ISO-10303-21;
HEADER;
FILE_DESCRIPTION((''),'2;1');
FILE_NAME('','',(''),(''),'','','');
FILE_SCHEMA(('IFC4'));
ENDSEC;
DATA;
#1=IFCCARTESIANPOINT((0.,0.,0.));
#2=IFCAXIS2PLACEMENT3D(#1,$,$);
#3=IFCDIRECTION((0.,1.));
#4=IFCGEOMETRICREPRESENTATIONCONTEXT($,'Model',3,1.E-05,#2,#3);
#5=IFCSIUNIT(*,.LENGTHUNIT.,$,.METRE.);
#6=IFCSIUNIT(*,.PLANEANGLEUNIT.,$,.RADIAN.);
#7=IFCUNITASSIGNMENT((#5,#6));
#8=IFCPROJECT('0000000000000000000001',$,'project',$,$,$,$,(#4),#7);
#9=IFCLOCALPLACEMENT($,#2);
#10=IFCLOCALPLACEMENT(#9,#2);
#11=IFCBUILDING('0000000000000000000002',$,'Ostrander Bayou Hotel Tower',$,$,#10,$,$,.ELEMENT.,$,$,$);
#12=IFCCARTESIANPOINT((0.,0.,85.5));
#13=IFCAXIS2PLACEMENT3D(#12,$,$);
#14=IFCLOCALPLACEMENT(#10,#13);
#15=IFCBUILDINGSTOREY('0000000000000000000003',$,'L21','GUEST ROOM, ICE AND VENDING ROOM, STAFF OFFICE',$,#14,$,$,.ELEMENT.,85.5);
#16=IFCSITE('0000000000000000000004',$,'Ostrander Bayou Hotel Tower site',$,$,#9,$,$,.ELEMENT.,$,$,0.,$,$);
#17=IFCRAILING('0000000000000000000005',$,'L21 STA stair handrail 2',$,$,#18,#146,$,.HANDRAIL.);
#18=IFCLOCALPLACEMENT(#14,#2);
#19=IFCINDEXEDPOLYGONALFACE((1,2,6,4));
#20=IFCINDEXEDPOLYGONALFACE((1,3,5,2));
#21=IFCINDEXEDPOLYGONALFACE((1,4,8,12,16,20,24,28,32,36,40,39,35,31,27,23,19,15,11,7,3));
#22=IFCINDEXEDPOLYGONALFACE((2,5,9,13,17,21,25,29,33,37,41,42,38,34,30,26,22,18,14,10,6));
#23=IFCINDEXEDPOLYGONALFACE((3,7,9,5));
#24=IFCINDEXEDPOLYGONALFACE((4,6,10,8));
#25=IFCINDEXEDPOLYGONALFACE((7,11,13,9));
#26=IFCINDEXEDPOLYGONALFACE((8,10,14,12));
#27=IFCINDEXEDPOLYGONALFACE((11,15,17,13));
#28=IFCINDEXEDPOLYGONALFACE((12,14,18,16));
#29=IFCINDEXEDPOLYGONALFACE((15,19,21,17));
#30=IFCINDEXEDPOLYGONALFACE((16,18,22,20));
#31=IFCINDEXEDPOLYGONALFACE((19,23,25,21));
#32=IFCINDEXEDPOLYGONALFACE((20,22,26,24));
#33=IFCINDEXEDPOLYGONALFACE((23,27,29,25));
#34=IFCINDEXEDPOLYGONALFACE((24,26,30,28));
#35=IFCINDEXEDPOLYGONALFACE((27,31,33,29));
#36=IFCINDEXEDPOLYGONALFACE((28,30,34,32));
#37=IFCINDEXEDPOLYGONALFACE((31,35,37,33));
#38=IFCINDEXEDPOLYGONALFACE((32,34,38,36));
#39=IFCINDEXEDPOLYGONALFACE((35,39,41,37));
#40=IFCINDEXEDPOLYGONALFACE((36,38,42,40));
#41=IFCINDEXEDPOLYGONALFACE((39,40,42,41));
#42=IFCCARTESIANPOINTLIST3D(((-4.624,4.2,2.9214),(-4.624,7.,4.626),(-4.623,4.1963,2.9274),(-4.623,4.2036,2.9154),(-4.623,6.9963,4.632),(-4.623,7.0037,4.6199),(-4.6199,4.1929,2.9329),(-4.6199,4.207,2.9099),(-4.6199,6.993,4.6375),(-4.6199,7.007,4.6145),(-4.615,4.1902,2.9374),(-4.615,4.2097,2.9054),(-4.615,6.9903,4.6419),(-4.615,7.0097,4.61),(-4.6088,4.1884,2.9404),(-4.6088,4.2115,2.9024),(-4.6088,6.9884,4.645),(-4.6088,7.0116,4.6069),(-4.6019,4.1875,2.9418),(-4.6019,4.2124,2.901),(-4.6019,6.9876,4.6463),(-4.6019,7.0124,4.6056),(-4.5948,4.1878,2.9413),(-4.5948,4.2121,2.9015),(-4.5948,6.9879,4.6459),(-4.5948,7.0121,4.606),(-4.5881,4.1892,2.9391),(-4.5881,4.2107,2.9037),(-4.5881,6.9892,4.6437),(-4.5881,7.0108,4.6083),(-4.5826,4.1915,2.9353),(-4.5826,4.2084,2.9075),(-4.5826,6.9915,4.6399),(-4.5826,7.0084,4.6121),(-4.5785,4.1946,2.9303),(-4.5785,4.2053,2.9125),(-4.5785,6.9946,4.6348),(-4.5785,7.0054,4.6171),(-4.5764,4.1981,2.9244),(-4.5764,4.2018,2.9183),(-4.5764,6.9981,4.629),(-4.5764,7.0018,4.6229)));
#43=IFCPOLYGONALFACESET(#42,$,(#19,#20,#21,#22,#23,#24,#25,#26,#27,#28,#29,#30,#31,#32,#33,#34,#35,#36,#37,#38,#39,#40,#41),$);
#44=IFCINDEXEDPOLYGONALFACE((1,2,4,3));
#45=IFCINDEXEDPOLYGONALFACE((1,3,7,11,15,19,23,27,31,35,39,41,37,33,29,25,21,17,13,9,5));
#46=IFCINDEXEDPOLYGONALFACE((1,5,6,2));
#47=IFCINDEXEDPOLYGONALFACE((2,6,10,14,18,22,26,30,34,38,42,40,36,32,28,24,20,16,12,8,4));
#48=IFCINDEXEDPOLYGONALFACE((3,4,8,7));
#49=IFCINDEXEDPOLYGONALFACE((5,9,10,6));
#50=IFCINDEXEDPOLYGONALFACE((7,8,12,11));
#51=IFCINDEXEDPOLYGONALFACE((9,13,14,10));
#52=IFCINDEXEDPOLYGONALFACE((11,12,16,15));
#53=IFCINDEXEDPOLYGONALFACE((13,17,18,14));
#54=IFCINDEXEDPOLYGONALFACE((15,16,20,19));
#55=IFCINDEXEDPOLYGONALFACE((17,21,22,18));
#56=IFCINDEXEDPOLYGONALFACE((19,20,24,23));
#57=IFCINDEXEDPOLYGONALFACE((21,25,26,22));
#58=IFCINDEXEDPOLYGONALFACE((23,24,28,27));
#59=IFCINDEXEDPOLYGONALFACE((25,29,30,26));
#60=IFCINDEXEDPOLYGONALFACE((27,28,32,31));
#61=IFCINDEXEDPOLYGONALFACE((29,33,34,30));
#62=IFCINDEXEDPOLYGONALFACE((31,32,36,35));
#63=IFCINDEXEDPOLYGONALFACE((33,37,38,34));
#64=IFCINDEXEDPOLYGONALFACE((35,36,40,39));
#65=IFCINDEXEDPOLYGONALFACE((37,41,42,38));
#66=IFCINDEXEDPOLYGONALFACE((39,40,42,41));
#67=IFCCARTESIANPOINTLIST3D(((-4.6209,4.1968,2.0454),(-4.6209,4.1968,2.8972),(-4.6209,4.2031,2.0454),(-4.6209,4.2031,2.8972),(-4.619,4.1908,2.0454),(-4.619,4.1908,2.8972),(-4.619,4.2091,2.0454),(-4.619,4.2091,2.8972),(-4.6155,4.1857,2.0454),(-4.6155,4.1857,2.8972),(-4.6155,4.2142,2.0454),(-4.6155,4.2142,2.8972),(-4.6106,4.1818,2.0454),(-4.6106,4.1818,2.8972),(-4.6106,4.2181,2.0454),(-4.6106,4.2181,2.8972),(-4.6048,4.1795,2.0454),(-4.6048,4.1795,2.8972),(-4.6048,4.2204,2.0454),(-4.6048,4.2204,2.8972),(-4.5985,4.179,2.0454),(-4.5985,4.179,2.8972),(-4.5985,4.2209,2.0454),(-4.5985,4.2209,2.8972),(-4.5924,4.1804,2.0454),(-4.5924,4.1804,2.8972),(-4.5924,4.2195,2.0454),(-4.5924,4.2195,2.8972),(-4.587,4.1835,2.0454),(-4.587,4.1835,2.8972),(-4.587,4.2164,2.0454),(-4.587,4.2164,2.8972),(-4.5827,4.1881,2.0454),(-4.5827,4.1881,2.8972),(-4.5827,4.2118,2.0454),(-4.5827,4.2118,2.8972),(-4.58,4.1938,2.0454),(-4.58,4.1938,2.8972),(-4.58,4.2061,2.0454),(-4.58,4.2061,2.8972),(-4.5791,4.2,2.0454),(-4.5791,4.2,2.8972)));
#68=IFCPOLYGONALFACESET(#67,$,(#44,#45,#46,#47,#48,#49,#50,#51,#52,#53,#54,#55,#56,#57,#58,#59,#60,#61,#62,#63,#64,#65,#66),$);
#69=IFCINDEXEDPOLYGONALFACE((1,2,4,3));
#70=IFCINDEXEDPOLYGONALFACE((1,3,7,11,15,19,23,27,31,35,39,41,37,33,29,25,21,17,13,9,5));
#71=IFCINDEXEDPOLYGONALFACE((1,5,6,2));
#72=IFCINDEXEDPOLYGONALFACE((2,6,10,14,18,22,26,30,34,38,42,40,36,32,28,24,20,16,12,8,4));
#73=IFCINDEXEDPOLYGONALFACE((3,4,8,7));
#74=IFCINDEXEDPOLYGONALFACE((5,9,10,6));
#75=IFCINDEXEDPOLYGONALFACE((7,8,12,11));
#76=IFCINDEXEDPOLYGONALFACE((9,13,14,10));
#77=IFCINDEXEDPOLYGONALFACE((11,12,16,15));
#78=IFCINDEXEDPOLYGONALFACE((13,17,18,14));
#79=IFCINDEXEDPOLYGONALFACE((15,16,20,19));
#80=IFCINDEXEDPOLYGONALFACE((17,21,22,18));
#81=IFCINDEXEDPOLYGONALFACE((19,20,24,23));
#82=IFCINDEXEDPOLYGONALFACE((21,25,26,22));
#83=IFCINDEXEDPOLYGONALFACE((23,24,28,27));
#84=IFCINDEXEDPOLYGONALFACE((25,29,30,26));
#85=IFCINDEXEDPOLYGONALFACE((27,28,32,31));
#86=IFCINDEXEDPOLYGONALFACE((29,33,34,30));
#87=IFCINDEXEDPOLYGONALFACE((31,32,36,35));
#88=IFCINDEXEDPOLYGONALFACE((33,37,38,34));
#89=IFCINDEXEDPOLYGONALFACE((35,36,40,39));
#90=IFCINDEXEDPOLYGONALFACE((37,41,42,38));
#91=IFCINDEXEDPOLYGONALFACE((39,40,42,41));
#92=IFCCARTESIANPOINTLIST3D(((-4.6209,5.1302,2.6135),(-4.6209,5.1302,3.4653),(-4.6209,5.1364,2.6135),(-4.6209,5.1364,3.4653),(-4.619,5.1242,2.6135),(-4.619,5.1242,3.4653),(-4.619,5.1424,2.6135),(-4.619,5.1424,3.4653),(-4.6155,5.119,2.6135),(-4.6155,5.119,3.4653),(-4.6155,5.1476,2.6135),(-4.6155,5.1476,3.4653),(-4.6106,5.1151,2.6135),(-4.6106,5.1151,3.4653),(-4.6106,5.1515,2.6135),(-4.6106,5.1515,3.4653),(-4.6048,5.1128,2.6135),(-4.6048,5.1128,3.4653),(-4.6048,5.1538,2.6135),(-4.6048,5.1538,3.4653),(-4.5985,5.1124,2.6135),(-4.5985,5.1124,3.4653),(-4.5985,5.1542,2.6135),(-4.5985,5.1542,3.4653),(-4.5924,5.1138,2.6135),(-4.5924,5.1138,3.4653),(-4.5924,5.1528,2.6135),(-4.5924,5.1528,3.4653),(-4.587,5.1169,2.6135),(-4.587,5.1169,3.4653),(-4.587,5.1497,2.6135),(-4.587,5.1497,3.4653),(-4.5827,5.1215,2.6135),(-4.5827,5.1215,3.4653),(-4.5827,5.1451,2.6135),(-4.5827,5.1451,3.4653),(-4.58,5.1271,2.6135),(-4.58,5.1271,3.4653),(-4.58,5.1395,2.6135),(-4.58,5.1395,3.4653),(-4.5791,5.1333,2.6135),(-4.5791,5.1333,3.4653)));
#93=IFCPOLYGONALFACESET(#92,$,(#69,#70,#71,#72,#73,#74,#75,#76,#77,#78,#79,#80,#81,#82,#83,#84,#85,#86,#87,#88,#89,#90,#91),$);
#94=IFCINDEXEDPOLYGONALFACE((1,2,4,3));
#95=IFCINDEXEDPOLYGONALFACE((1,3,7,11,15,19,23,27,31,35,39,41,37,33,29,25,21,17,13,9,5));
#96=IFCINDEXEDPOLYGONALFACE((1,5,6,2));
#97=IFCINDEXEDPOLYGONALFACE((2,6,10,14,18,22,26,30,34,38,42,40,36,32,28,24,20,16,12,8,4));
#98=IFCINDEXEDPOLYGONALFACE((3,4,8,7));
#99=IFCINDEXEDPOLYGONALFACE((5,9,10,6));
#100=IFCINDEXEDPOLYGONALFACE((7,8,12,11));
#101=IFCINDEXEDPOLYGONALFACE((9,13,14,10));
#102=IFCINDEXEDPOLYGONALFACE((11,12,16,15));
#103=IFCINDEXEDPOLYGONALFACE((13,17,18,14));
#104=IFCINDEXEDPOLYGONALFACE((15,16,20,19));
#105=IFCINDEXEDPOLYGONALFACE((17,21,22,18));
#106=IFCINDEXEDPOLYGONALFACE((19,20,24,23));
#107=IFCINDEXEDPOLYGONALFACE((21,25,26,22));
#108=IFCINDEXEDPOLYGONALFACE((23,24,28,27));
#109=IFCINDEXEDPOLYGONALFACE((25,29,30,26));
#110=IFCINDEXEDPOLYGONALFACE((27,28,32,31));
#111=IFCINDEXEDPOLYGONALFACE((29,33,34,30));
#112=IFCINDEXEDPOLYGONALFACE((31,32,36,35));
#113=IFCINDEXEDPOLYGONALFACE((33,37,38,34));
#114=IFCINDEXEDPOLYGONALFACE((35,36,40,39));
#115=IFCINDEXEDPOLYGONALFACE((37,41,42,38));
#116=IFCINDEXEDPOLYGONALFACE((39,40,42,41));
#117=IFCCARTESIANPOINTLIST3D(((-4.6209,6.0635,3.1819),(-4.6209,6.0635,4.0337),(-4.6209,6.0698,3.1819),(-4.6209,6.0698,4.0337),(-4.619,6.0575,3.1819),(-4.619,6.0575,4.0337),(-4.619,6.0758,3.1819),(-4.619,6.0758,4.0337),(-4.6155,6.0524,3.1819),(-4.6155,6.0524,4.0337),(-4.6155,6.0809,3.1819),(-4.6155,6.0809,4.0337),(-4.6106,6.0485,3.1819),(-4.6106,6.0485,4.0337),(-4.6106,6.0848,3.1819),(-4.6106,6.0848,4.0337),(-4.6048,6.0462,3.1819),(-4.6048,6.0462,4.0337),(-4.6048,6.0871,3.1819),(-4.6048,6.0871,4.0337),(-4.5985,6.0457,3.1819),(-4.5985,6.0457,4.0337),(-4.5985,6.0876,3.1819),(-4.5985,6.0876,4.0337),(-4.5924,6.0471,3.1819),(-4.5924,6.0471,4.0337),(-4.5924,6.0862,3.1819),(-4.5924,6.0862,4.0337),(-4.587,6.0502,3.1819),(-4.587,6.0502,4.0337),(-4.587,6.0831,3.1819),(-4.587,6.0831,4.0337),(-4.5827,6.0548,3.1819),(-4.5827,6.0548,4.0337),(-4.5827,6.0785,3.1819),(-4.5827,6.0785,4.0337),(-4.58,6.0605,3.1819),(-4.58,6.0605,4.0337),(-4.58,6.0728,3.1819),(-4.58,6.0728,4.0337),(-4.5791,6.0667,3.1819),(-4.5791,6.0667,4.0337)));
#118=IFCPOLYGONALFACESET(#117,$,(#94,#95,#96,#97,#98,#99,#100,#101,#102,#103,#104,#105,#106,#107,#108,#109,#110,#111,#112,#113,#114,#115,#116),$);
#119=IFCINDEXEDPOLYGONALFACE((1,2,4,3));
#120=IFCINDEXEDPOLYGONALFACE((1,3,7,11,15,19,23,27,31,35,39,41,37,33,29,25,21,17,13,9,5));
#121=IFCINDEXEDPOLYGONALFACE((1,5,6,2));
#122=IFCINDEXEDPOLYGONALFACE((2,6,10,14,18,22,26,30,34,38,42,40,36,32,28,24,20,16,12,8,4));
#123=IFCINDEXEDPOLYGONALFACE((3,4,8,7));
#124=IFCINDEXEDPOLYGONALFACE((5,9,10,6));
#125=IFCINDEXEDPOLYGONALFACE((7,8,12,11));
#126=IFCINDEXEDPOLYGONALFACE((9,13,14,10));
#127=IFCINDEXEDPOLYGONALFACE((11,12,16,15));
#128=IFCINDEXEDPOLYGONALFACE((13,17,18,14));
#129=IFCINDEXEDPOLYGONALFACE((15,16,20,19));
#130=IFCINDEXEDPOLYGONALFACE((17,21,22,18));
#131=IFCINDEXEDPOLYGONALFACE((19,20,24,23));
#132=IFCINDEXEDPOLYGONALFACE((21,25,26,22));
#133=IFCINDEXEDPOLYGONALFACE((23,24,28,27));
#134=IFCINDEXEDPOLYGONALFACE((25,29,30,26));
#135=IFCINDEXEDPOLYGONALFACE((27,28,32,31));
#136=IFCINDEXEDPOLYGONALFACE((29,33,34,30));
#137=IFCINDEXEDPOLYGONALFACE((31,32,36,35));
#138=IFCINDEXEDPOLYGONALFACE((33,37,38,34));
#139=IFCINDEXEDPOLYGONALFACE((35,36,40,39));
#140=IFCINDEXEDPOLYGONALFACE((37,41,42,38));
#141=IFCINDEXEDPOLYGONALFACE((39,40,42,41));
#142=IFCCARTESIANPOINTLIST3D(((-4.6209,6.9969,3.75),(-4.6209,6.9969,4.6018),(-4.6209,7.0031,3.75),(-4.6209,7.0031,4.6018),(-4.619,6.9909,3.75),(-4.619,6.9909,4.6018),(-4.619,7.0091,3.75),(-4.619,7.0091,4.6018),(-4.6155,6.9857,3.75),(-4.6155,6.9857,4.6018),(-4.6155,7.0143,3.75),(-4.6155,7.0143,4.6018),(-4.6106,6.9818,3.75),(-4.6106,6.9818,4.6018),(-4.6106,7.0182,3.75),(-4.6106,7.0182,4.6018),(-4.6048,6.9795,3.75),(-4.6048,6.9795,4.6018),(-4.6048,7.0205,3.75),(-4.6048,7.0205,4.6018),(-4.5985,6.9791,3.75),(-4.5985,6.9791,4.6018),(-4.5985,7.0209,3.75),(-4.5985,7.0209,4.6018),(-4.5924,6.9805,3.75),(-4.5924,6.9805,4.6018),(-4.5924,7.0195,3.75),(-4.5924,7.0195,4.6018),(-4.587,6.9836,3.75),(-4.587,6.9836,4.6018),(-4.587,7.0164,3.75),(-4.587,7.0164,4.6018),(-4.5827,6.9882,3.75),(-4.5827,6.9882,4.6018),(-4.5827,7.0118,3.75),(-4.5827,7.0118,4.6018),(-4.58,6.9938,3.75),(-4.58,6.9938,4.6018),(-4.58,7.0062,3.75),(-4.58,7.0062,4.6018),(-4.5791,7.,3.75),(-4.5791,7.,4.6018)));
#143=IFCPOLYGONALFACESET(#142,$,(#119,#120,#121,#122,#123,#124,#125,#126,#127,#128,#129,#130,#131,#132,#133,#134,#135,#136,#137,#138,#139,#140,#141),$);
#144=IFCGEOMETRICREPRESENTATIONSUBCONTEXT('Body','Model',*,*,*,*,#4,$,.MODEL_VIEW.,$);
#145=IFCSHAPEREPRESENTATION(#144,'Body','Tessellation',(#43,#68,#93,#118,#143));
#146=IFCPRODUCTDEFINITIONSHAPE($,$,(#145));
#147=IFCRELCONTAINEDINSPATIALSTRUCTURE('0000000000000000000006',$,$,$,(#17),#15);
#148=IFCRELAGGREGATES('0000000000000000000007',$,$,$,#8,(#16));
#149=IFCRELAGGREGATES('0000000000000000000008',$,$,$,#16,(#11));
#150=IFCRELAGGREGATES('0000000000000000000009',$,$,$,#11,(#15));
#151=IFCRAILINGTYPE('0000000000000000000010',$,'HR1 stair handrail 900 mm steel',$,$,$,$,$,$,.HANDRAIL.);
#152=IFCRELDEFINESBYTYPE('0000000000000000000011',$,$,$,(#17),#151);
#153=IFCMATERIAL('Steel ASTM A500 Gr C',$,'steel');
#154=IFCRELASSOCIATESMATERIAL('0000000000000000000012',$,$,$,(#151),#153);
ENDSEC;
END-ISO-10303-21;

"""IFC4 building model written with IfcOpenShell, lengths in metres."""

from ifc_helpers import new_model, si_unit, direction, frame, origin, origin_2d, place, context, subcontext, project, spatial, circle, extrude, material, type_object, element, save


model = new_model("IFC4")

# Units and contexts
model_context = context("Model", 3, precision=1e-05, world=origin(), true_north=direction((0.0, 1.0)))
body_context = subcontext(model_context, "Body", "Model", "MODEL_VIEW")
ifc_project = project(units=[si_unit("LENGTHUNIT", "METRE"), si_unit("PLANEANGLEUNIT", "RADIAN")], contexts=[model_context])

# Site, building, storey
site_placement = place(None, origin())
site = spatial("IfcSite", under=ifc_project, at=site_placement, Name="Ostrander Bayou Hotel Tower site", CompositionType="ELEMENT", RefElevation=0.0)
building_placement = place(site_placement, origin())
building = spatial("IfcBuilding", under=site, at=building_placement, Name="Ostrander Bayou Hotel Tower", CompositionType="ELEMENT")
storey_placement = place(building_placement, frame((0.0, 0.0, 85.5)))
storey = spatial("IfcBuildingStorey", under=building, at=storey_placement, Name="L21", Description="GUEST ROOM, ICE AND VENDING ROOM, STAFF OFFICE", CompositionType="ELEMENT", Elevation=85.5)

# Railing
ifc_material_1 = material(Name="Steel ASTM A500 Gr C", Category="steel")
railing_type_1 = type_object("IfcRailingType", Name="HR1 stair handrail 900 mm steel", PredefinedType="HANDRAIL", material=ifc_material_1)
railing_1_placement = place(storey_placement, frame((-4.6001, 4.2, 2.0454)))
element("IfcRailing", 1, at=railing_1_placement, inside=storey, type_object=railing_type_1, Name="L21 STA stair handrail 2", PredefinedType="HANDRAIL", context=body_context, shape_type="SweptSolid", body=[
    extrude(circle(Radius=0.0239, at=origin_2d()), frame((0.0, 0.0, 0.876), z_axis=(0.0, 0.85417, 0.519994), x_axis=(-1.0, 0.0, 0.0)), (0.0, 0.0, 1.0), 3.2781),
    extrude(circle(Radius=0.021, at=origin_2d()), origin(), (0.0, 0.0, 1.0), 0.8518),
    extrude(circle(Radius=0.021, at=origin_2d()), frame((0.0, 0.9333, 0.5681)), (0.0, 0.0, 1.0), 0.8518),
    extrude(circle(Radius=0.021, at=origin_2d()), frame((0.0, 1.8667, 1.1365)), (0.0, 0.0, 1.0), 0.8518),
    extrude(circle(Radius=0.021, at=origin_2d()), frame((0.0, 2.8, 1.7046)), (0.0, 0.0, 1.0), 0.8518),
])

save(model, "model.ifc")
